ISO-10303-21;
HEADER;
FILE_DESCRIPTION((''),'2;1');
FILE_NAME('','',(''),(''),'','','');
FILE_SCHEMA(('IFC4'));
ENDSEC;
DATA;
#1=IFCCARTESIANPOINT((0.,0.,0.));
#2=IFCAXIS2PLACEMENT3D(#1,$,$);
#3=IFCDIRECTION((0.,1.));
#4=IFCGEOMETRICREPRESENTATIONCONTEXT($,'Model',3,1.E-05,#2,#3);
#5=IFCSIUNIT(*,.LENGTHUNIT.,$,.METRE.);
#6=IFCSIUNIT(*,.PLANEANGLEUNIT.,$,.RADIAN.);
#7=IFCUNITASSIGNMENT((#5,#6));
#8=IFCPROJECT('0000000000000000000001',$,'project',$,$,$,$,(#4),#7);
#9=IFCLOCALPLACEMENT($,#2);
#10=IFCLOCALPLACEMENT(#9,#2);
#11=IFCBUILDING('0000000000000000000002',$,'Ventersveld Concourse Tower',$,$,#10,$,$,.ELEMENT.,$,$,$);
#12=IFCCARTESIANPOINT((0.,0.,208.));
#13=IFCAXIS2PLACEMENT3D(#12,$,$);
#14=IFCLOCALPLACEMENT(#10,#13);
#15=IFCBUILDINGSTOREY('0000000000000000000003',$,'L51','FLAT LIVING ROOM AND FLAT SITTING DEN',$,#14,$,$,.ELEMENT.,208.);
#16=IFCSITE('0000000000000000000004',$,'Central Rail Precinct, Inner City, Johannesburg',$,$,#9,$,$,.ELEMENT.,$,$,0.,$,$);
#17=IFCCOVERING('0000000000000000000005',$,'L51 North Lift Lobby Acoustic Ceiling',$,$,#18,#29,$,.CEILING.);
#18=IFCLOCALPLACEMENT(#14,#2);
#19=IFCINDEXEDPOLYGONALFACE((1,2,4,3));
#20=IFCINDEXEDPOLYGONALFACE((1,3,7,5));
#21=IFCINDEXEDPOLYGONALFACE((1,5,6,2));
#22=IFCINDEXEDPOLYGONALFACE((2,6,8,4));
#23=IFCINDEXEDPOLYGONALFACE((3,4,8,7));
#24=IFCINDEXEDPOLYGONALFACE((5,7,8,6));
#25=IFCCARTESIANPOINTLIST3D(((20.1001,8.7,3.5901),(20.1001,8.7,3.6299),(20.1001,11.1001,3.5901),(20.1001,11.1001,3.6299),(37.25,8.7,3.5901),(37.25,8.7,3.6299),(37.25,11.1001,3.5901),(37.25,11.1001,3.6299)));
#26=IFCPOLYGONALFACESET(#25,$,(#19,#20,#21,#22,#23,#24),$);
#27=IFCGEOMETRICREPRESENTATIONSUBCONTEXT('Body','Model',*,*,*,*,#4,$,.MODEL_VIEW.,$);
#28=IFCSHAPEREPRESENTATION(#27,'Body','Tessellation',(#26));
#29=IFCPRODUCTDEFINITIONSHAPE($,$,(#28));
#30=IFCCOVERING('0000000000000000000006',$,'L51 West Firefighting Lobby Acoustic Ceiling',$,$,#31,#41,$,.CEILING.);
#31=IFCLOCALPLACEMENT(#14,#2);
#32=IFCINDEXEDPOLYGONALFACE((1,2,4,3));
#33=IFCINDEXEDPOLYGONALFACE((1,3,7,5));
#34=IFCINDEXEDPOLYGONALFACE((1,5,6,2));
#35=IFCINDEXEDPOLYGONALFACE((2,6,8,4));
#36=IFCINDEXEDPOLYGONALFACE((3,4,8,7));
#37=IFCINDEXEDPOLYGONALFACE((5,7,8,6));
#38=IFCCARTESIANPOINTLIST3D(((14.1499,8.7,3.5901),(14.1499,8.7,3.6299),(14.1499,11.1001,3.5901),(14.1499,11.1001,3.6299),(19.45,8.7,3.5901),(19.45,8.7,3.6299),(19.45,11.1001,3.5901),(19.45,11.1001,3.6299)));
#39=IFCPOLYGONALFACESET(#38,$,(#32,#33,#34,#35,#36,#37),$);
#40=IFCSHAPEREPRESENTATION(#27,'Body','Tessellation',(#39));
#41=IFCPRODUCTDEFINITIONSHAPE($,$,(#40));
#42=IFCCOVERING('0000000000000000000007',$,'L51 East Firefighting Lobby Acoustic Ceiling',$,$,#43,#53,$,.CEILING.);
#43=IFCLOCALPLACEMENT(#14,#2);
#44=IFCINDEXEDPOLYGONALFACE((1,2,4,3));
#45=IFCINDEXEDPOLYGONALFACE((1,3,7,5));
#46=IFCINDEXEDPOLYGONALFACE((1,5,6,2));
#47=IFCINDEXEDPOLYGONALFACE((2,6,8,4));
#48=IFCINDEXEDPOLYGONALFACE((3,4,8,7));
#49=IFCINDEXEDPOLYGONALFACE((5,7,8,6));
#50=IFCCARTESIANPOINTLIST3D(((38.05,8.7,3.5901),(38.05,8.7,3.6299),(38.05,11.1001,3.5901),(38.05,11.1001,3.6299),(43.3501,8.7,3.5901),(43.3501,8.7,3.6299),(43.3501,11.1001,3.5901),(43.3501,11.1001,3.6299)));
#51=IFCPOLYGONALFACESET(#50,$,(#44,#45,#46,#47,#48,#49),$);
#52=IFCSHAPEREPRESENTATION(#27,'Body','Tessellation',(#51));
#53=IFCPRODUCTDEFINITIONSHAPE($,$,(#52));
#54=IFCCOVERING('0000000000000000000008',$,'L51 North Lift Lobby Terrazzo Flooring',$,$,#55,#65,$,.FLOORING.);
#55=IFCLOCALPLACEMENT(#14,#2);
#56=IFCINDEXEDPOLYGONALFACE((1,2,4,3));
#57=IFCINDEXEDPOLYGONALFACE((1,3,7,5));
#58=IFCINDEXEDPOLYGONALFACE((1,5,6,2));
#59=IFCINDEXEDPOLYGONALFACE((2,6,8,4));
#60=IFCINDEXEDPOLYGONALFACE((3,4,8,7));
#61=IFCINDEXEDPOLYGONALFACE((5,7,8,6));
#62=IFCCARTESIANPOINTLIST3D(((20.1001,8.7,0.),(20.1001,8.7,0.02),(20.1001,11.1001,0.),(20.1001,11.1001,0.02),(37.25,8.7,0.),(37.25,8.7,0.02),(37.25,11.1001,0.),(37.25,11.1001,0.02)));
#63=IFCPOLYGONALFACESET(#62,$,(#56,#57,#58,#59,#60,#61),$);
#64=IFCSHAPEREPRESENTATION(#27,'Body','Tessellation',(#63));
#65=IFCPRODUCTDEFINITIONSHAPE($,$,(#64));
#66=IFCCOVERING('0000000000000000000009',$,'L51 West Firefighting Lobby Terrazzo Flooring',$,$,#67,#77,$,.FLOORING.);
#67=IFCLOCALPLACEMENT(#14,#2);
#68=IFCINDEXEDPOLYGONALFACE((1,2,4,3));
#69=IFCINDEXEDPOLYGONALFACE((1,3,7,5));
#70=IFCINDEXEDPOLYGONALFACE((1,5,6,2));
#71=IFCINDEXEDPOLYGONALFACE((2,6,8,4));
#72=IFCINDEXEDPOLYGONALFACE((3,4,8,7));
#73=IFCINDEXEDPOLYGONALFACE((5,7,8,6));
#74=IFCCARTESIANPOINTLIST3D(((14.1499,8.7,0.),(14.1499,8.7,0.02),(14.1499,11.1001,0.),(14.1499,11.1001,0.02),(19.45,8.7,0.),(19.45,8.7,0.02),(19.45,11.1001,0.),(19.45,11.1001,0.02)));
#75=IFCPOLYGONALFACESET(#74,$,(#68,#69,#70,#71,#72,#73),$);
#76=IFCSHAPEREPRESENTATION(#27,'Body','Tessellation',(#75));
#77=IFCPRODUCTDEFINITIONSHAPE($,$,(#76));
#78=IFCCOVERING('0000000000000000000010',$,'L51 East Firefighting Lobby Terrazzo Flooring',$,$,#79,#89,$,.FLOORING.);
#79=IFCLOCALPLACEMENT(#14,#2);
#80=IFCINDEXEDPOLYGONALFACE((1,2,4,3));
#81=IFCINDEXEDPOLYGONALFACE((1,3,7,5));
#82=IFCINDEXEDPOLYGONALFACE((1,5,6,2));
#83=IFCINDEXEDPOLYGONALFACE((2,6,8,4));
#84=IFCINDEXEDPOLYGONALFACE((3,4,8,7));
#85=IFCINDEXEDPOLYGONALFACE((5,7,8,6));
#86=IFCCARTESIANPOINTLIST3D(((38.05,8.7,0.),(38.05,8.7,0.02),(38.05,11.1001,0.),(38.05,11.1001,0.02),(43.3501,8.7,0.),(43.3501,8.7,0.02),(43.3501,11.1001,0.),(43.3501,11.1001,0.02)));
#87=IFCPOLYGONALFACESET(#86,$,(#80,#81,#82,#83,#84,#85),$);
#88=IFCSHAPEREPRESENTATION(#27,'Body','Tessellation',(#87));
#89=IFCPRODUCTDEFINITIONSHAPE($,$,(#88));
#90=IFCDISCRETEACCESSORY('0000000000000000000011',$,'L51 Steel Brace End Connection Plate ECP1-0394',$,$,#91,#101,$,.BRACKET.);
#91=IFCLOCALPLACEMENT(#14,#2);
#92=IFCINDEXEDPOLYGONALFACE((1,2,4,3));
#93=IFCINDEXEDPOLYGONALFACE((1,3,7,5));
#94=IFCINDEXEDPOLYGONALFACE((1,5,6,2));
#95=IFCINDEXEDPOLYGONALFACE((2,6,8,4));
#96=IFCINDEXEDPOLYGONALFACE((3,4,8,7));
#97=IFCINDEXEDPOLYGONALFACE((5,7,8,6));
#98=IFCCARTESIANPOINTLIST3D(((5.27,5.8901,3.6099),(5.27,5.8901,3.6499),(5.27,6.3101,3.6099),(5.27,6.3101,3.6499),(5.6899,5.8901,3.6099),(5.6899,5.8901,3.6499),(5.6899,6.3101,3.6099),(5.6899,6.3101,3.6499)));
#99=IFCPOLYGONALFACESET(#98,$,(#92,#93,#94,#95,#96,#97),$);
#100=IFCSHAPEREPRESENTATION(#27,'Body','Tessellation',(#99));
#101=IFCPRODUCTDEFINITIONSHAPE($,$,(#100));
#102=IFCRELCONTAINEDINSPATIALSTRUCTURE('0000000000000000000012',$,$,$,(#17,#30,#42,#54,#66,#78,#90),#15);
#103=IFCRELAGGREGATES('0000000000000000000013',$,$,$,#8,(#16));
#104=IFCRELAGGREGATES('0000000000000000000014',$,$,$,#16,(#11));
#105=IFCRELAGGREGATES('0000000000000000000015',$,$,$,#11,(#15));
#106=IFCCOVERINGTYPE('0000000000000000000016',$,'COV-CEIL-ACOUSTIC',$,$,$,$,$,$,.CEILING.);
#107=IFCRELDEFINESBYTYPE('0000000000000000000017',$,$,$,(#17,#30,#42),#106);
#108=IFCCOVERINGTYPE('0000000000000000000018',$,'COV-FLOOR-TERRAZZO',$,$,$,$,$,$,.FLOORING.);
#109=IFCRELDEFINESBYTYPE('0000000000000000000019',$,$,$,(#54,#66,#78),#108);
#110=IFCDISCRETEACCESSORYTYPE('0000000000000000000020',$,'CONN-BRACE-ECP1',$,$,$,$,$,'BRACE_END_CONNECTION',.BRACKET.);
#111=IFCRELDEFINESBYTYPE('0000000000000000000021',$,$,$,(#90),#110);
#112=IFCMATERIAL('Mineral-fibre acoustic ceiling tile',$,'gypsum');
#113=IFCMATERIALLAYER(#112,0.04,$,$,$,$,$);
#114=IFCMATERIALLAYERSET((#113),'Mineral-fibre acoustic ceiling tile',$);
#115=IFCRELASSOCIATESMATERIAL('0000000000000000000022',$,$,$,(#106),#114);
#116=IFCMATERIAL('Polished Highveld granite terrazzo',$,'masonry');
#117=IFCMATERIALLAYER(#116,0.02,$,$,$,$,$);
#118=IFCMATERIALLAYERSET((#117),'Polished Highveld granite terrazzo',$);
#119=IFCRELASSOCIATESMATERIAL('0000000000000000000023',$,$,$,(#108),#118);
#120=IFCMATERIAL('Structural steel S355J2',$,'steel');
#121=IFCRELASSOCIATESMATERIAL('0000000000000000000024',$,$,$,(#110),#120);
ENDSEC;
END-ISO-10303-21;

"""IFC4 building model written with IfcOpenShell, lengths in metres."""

from ifc_helpers import new_model, si_unit, direction, frame, origin, origin_2d, place, context, subcontext, project, spatial, polyline, rectangle, outline, extrude, material, layer, layer_set, type_object, element, save


model = new_model("IFC4")

# Units and contexts
model_context = context("Model", 3, precision=1e-05, world=origin(), true_north=direction((0.0, 1.0)))
body_context = subcontext(model_context, "Body", "Model", "MODEL_VIEW")
ifc_project = project(units=[si_unit("LENGTHUNIT", "METRE"), si_unit("PLANEANGLEUNIT", "RADIAN")], contexts=[model_context])

# Site, building, storey
site_placement = place(None, origin())
site = spatial("IfcSite", under=ifc_project, at=site_placement, Name="Central Rail Precinct, Inner City, Johannesburg", CompositionType="ELEMENT", RefElevation=0.0)
building_placement = place(site_placement, origin())
building = spatial("IfcBuilding", under=site, at=building_placement, Name="Ventersveld Concourse Tower", CompositionType="ELEMENT")
storey_placement = place(building_placement, frame((0.0, 0.0, 208.0)))
storey = spatial("IfcBuildingStorey", under=building, at=storey_placement, Name="L51", Description="FLAT LIVING ROOM AND FLAT SITTING DEN", CompositionType="ELEMENT", Elevation=208.0)

# Shared definitions
ifc_material_1 = material(Name="Structural steel S355J2", Category="steel")

# Coverings
ifc_material_2 = material(Name="Mineral-fibre acoustic ceiling tile", Category="gypsum")
ifc_layer_1 = layer(ifc_material_2, 0.04)
ifc_layer_set_1 = layer_set([ifc_layer_1], Name="Mineral-fibre acoustic ceiling tile")
covering_type_1 = type_object("IfcCoveringType", Name="COV-CEIL-ACOUSTIC", PredefinedType="CEILING", material=ifc_layer_set_1)
covering_1_placement = place(storey_placement, frame((0.0, 0.0, 3.5901)))
element("IfcCovering", 1, at=covering_1_placement, inside=storey, type_object=covering_type_1, Name="L51 North Lift Lobby Acoustic Ceiling", PredefinedType="CEILING", context=body_context, shape_type="SweptSolid", body=[
    extrude(outline(polyline([(20.1001, 8.7), (37.25, 8.7), (37.25, 11.1001), (20.1001, 11.1001), (20.1001, 8.7)])), origin(), (0.0, 0.0, 1.0), 0.0398),
])
covering_2_placement = place(storey_placement, frame((0.0, 0.0, 3.5901)))
element("IfcCovering", 2, at=covering_2_placement, inside=storey, type_object=covering_type_1, Name="L51 West Firefighting Lobby Acoustic Ceiling", PredefinedType="CEILING", context=body_context, shape_type="SweptSolid", body=[
    extrude(outline(polyline([(14.1499, 8.7), (19.45, 8.7), (19.45, 11.1001), (14.1499, 11.1001), (14.1499, 8.7)])), origin(), (0.0, 0.0, 1.0), 0.0398),
])
covering_3_placement = place(storey_placement, frame((0.0, 0.0, 3.5901)))
element("IfcCovering", 3, at=covering_3_placement, inside=storey, type_object=covering_type_1, Name="L51 East Firefighting Lobby Acoustic Ceiling", PredefinedType="CEILING", context=body_context, shape_type="SweptSolid", body=[
    extrude(outline(polyline([(38.05, 8.7), (43.3501, 8.7), (43.3501, 11.1001), (38.05, 11.1001), (38.05, 8.7)])), origin(), (0.0, 0.0, 1.0), 0.0398),
])
ifc_material_3 = material(Name="Polished Highveld granite terrazzo", Category="masonry")
ifc_layer_2 = layer(ifc_material_3, 0.02)
ifc_layer_set_2 = layer_set([ifc_layer_2], Name="Polished Highveld granite terrazzo")
covering_type_2 = type_object("IfcCoveringType", Name="COV-FLOOR-TERRAZZO", PredefinedType="FLOORING", material=ifc_layer_set_2)
covering_4_placement = place(storey_placement, origin())
element("IfcCovering", 4, at=covering_4_placement, inside=storey, type_object=covering_type_2, Name="L51 North Lift Lobby Terrazzo Flooring", PredefinedType="FLOORING", context=body_context, shape_type="SweptSolid", body=[
    extrude(outline(polyline([(20.1001, 8.7), (37.25, 8.7), (37.25, 11.1001), (20.1001, 11.1001), (20.1001, 8.7)])), origin(), (0.0, 0.0, 1.0), 0.02),
])
covering_5_placement = place(storey_placement, origin())
element("IfcCovering", 5, at=covering_5_placement, inside=storey, type_object=covering_type_2, Name="L51 West Firefighting Lobby Terrazzo Flooring", PredefinedType="FLOORING", context=body_context, shape_type="SweptSolid", body=[
    extrude(outline(polyline([(14.1499, 8.7), (19.45, 8.7), (19.45, 11.1001), (14.1499, 11.1001), (14.1499, 8.7)])), origin(), (0.0, 0.0, 1.0), 0.02),
])
covering_6_placement = place(storey_placement, origin())
element("IfcCovering", 6, at=covering_6_placement, inside=storey, type_object=covering_type_2, Name="L51 East Firefighting Lobby Terrazzo Flooring", PredefinedType="FLOORING", context=body_context, shape_type="SweptSolid", body=[
    extrude(outline(polyline([(38.05, 8.7), (43.3501, 8.7), (43.3501, 11.1001), (38.05, 11.1001), (38.05, 8.7)])), origin(), (0.0, 0.0, 1.0), 0.02),
])

# Discrete accessory
discrete_accessory_type = type_object("IfcDiscreteAccessoryType", Name="CONN-BRACE-ECP1", ElementType="BRACE_END_CONNECTION", PredefinedType="BRACKET", material=ifc_material_1)
discrete_accessory_placement = place(storey_placement, frame((5.48, 6.1001, 3.6099), z_axis=(0.0, 0.0, 1.0), x_axis=(1.0, 0.0, 0.0)))
element("IfcDiscreteAccessory", 7, at=discrete_accessory_placement, inside=storey, type_object=discrete_accessory_type, Name="L51 Steel Brace End Connection Plate ECP1-0394", PredefinedType="BRACKET", context=body_context, shape_type="SweptSolid", body=[
    extrude(rectangle(XDim=0.4199, YDim=0.4199, at=origin_2d()), origin(), (0.0, 0.0, 1.0), 0.04),
])

save(model, "model.ifc")
